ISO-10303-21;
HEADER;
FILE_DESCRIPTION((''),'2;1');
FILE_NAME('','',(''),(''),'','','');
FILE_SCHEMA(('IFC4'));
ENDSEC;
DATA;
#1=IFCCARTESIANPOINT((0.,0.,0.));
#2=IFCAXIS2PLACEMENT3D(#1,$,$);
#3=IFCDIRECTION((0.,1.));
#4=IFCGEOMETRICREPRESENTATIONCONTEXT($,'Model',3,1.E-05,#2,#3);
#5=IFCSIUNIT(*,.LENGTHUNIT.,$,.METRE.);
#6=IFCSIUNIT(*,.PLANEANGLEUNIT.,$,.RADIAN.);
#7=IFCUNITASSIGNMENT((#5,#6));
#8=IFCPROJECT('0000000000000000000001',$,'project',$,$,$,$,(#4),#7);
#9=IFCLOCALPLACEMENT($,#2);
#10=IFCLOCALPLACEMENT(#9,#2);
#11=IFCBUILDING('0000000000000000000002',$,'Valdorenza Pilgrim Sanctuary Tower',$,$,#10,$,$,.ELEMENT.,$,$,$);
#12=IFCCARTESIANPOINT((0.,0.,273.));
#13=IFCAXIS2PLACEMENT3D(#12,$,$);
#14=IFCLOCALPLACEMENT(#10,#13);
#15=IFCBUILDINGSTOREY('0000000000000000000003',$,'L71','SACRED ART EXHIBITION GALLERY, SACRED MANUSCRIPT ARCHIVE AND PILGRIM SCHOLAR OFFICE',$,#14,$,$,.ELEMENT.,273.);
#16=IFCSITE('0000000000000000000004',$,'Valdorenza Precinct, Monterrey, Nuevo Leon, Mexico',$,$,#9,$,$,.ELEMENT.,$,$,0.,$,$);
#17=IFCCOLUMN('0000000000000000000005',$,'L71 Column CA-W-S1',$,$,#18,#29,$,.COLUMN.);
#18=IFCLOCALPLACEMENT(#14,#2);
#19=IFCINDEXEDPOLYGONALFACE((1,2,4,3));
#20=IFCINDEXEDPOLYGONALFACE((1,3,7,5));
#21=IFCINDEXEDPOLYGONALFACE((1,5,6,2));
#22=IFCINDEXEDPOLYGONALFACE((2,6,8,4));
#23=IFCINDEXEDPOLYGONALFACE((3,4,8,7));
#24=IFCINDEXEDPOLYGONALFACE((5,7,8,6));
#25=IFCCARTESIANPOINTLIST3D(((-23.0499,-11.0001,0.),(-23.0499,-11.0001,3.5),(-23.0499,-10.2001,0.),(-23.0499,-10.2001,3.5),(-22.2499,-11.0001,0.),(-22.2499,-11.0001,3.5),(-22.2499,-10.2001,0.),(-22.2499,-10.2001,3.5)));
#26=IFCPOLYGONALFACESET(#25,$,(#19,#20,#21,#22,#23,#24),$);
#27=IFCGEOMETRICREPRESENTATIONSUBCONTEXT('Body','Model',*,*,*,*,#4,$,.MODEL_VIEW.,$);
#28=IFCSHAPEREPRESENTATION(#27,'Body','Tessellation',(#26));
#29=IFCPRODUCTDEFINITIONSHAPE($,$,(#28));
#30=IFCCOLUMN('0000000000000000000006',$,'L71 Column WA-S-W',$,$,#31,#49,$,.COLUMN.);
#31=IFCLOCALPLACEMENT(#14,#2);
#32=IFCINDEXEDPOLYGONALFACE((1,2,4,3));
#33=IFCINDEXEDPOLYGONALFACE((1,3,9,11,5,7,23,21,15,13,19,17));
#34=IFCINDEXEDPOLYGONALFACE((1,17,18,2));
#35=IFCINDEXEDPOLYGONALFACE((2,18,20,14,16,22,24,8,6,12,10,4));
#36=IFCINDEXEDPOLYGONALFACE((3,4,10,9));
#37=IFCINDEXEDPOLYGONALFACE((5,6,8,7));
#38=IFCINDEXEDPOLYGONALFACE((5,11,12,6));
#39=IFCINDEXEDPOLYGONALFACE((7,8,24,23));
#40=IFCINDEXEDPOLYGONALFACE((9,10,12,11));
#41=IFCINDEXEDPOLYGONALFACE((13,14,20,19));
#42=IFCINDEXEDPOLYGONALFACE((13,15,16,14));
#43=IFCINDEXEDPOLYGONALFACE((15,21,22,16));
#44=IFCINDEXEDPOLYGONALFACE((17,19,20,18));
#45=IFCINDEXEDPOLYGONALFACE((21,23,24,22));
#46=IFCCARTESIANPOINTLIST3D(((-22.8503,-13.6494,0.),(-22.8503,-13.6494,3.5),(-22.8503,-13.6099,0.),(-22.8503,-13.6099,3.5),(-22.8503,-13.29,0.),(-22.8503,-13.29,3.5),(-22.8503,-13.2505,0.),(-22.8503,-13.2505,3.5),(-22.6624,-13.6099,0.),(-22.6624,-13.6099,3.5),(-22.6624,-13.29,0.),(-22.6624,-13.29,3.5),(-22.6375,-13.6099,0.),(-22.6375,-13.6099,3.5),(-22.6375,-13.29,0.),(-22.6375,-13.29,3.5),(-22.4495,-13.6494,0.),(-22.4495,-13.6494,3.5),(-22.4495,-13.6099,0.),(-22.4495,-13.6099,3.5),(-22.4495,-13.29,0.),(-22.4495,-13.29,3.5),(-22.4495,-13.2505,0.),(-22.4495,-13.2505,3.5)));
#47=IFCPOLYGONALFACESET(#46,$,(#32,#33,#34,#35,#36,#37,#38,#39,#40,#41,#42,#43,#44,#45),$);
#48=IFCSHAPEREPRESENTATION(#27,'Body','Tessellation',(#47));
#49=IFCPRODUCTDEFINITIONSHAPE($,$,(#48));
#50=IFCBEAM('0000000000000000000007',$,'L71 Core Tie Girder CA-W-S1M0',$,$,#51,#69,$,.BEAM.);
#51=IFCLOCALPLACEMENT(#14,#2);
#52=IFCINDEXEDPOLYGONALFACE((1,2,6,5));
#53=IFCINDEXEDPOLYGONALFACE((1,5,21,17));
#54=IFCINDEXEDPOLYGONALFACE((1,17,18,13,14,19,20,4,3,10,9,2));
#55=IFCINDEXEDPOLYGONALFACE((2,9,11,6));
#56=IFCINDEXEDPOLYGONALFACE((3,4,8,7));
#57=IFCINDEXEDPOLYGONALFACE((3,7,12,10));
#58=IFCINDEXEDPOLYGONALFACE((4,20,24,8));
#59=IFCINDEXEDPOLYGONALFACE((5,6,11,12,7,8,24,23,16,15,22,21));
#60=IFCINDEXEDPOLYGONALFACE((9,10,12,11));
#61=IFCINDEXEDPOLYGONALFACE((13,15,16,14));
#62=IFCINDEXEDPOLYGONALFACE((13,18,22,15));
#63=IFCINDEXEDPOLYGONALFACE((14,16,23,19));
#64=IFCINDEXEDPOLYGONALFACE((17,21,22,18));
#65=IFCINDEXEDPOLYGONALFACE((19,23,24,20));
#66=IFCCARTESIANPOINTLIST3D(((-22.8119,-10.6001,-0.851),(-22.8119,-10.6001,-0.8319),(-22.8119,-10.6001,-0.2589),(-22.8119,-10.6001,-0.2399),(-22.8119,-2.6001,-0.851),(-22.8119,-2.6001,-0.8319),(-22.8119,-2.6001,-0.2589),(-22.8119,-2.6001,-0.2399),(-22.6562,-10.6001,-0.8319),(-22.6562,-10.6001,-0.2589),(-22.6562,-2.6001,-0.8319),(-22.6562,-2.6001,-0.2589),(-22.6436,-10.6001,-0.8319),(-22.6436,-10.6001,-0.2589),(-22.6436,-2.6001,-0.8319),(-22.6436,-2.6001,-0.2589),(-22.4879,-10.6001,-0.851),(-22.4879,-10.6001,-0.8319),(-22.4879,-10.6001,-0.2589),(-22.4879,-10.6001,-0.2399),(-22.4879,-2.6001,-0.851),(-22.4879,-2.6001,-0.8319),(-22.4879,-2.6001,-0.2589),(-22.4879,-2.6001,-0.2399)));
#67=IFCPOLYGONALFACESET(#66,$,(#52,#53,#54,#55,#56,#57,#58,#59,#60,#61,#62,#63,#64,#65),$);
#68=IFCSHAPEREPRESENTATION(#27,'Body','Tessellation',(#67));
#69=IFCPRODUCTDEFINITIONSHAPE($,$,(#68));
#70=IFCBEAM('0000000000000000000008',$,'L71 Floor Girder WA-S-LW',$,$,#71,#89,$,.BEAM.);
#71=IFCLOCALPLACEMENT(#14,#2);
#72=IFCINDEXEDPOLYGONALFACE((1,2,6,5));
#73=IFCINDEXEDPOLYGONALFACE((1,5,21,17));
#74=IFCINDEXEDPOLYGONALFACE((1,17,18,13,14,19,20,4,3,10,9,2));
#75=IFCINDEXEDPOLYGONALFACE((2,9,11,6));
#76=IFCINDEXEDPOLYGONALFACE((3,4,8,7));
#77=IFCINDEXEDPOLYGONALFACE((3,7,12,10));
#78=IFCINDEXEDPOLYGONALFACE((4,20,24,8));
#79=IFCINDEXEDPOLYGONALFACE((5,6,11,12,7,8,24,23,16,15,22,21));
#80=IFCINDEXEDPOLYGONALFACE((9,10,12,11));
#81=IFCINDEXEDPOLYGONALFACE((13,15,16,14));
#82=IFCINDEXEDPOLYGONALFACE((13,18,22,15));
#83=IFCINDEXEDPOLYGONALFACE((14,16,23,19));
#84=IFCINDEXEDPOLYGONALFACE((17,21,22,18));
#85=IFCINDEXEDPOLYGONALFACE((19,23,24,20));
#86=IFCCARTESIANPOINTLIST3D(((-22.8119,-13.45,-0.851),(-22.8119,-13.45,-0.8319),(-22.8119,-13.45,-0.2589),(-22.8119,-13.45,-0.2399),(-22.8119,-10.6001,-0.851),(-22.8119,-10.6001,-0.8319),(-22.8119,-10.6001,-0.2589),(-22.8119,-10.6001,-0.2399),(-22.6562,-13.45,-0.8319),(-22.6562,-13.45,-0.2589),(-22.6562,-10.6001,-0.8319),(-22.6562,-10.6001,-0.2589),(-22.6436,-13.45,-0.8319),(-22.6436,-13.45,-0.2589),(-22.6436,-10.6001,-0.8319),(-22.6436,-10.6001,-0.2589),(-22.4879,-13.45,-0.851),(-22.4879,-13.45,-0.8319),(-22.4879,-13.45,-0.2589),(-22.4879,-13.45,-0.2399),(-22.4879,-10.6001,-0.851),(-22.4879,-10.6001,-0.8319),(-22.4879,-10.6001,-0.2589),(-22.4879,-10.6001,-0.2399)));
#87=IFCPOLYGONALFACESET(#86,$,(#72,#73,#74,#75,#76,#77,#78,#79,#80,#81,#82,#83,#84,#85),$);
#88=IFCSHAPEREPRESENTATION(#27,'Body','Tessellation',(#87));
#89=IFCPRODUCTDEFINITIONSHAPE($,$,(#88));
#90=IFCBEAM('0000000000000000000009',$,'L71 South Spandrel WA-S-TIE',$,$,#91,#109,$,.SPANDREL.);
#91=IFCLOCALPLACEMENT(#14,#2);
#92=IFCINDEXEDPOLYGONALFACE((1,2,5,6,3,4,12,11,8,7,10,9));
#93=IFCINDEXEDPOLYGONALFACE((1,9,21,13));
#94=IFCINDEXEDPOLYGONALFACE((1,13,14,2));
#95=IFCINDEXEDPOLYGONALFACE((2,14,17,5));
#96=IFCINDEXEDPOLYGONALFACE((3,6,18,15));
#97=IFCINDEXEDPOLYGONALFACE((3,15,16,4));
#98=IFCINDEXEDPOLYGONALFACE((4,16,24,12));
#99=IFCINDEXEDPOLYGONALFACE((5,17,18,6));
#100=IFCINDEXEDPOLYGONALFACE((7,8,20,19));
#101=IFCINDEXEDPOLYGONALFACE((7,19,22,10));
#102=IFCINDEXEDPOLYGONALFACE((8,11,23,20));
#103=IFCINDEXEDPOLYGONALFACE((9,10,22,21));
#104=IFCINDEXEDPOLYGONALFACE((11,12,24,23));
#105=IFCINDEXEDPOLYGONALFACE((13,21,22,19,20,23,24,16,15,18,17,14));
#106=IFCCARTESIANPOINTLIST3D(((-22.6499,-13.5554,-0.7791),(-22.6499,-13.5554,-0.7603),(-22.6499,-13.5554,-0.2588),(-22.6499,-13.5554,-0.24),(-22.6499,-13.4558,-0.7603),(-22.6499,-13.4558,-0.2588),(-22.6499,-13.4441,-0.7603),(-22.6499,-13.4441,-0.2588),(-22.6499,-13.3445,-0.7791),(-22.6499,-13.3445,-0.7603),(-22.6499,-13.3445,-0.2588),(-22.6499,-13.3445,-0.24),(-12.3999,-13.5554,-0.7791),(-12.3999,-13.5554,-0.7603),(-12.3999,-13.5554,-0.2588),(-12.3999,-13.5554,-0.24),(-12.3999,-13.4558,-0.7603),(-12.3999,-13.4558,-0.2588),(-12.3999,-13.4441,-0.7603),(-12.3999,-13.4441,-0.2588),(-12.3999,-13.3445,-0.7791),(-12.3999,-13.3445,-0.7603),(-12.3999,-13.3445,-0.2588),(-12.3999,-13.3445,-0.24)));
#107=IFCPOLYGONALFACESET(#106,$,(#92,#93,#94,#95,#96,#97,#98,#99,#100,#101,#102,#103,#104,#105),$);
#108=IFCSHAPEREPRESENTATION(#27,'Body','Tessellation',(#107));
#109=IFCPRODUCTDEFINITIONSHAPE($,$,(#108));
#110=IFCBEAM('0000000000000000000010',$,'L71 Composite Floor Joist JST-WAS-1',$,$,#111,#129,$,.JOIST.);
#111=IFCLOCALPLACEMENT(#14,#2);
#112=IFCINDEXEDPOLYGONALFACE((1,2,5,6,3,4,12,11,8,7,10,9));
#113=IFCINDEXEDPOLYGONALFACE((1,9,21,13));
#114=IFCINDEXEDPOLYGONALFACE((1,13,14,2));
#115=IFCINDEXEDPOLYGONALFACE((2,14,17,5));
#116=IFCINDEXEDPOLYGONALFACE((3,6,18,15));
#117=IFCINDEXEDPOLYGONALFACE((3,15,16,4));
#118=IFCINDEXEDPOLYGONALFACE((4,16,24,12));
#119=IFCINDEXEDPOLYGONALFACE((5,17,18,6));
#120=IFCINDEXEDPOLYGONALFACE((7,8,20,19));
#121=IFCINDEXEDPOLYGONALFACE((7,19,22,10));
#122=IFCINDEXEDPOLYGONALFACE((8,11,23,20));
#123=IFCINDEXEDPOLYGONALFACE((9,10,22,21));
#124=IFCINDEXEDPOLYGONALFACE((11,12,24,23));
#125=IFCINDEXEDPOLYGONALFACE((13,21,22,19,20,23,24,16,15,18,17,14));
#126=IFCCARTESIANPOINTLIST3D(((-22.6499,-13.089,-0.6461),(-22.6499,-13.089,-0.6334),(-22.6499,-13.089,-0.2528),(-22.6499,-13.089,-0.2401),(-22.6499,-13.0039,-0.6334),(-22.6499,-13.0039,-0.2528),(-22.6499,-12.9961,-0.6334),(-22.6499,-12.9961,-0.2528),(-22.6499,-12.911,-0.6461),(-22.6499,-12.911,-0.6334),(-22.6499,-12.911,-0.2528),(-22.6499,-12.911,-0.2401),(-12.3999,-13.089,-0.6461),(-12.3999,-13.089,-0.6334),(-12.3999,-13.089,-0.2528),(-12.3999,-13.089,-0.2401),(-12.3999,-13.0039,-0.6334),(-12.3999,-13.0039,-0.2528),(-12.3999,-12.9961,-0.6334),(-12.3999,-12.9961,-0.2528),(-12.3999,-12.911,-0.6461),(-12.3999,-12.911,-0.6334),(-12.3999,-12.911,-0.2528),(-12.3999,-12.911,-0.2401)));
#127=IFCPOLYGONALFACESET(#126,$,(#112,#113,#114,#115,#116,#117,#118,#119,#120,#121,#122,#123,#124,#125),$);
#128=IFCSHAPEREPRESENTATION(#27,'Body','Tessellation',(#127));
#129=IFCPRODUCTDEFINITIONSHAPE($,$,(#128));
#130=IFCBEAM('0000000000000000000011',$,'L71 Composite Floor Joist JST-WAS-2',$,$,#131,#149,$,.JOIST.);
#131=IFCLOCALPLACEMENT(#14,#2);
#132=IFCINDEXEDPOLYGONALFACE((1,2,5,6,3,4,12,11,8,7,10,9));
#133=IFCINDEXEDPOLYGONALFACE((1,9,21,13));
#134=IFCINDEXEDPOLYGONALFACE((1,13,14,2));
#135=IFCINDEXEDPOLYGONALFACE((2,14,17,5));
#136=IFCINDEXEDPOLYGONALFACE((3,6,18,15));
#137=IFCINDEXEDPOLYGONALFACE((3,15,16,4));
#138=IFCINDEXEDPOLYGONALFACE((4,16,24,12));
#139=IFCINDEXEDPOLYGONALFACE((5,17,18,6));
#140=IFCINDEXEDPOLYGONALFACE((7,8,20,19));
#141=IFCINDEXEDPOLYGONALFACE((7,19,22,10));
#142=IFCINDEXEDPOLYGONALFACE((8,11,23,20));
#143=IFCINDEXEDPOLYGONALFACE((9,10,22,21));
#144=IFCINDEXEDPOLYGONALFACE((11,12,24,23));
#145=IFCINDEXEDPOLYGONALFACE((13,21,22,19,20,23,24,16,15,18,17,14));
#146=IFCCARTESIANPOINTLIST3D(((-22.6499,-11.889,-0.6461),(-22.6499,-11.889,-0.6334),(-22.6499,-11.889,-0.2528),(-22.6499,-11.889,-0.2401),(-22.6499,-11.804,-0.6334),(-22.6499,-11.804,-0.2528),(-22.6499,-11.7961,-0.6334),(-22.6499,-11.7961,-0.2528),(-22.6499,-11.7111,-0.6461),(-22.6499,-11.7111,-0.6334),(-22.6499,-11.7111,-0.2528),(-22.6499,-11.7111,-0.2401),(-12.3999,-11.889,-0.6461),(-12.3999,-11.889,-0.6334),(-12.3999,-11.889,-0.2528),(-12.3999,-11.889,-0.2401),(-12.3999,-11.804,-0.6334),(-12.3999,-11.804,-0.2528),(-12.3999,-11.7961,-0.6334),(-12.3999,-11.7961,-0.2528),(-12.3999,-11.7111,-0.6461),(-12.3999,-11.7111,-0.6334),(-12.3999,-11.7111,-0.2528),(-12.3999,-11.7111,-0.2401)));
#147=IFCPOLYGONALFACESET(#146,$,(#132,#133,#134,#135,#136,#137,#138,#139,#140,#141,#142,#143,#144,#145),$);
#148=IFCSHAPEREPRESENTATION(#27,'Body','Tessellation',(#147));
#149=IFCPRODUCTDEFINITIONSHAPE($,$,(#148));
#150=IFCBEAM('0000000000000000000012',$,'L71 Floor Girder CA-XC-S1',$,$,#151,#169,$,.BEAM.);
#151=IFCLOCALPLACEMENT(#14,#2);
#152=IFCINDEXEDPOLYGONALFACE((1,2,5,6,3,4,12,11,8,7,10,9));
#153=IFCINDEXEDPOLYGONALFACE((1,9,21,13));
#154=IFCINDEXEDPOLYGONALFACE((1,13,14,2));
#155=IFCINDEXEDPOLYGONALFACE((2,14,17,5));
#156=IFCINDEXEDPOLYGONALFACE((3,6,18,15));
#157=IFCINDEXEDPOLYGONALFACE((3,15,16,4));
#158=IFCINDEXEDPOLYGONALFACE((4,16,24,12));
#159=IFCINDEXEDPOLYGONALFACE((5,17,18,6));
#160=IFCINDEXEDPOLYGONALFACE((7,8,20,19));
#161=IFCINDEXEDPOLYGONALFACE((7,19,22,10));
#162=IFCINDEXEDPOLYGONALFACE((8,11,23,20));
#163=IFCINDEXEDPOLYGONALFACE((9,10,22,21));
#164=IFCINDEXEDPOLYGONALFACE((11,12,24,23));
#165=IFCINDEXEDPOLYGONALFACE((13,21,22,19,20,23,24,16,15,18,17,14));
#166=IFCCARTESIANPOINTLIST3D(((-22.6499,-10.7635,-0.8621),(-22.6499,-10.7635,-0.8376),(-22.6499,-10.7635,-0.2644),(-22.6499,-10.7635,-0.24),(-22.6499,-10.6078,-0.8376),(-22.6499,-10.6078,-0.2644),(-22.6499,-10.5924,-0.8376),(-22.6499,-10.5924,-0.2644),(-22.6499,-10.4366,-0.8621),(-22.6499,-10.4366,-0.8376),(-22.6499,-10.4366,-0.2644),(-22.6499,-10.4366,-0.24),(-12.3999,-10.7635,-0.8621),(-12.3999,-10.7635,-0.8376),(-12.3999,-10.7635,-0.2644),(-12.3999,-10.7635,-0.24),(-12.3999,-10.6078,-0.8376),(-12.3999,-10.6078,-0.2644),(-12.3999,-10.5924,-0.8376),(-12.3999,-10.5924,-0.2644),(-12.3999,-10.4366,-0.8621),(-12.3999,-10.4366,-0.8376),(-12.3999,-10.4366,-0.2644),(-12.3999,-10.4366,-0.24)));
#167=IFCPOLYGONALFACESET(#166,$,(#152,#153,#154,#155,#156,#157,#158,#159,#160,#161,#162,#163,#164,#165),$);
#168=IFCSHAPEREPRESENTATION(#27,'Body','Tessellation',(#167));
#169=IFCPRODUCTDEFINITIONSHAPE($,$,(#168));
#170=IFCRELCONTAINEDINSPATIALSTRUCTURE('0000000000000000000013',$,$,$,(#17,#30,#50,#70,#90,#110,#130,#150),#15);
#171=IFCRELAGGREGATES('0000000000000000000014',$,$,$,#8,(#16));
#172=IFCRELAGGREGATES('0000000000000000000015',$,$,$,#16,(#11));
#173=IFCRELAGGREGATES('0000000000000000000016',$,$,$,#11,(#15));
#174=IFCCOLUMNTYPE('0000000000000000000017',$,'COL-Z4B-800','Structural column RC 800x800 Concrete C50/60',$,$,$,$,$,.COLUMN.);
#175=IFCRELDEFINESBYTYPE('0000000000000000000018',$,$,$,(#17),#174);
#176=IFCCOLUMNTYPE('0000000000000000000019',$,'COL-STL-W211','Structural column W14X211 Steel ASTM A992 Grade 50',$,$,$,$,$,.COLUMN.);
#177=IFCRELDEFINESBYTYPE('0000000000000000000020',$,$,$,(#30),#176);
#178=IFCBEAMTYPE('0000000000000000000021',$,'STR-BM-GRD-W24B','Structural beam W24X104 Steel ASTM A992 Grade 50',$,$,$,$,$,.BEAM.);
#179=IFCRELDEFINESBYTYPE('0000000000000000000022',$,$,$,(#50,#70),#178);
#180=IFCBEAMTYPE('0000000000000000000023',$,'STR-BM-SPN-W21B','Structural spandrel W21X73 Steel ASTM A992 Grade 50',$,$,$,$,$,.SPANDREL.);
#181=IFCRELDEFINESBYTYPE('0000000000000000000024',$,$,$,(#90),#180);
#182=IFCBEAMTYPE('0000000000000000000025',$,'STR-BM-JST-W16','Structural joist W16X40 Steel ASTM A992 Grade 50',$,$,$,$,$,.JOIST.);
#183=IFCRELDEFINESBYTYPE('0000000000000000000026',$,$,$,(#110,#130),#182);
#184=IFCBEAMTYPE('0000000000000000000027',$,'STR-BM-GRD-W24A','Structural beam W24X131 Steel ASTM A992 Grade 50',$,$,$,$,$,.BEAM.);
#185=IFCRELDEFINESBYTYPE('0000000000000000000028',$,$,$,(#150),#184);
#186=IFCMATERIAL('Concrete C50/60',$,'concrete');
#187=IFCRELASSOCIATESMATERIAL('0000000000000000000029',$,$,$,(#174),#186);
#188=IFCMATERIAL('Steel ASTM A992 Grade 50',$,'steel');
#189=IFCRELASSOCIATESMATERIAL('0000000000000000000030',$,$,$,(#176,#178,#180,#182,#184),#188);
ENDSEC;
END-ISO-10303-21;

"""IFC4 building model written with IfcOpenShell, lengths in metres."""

from ifc_helpers import new_model, si_unit, direction, frame, origin, origin_2d, place, context, subcontext, project, spatial, rectangle, i_section, extrude, source, transform, mapped, material, material_profile, profile_set, type_object, element, save


model = new_model("IFC4")

# Units and contexts
model_context = context("Model", 3, precision=1e-05, world=origin(), true_north=direction((0.0, 1.0)))
body_context = subcontext(model_context, "Body", "Model", "MODEL_VIEW")
ifc_project = project(units=[si_unit("LENGTHUNIT", "METRE"), si_unit("PLANEANGLEUNIT", "RADIAN")], contexts=[model_context])

# Site, building, storey
site_placement = place(None, origin())
site = spatial("IfcSite", under=ifc_project, at=site_placement, Name="Valdorenza Precinct, Monterrey, Nuevo Leon, Mexico", CompositionType="ELEMENT", RefElevation=0.0)
building_placement = place(site_placement, origin())
building = spatial("IfcBuilding", under=site, at=building_placement, Name="Valdorenza Pilgrim Sanctuary Tower", CompositionType="ELEMENT")
storey_placement = place(building_placement, frame((0.0, 0.0, 273.0)))
storey = spatial("IfcBuildingStorey", under=building, at=storey_placement, Name="L71", Description="SACRED ART EXHIBITION GALLERY, SACRED MANUSCRIPT ARCHIVE AND PILGRIM SCHOLAR OFFICE", CompositionType="ELEMENT", Elevation=273.0)

# Columns
ifc_material_1 = material(Name="Concrete C50/60", Category="concrete")
ifc_material_profile_1 = material_profile(ifc_material_1, rectangle(XDim=0.8, YDim=0.8, at=origin_2d()), Name="RC 800x800")
ifc_profile_set_1 = profile_set([ifc_material_profile_1], Name="Concrete C50/60")
column_type_1 = type_object("IfcColumnType", Name="COL-Z4B-800", Description="Structural column RC 800x800 Concrete C50/60", PredefinedType="COLUMN", material=ifc_profile_set_1)
shared_shape_1 = source(origin(), body_context, "Body", "SweptSolid", [
    extrude(rectangle(XDim=0.8, YDim=0.8, at=origin_2d()), origin(), (0.0, 0.0, 1.0), 3.5),
])
column_1_placement = place(storey_placement, frame((-22.6499, -10.6001, 0.0), z_axis=(0.0, 0.0, 1.0), x_axis=(1.0, 0.0, 0.0)))
element("IfcColumn", 1, at=column_1_placement, inside=storey, type_object=column_type_1, Name="L71 Column CA-W-S1", PredefinedType="COLUMN", context=body_context, shape_type="MappedRepresentation", body=[
    mapped(shared_shape_1, transform((0.0, 0.0, 0.0), x_axis=(1.0, 0.0, 0.0), y_axis=(0.0, 1.0, 0.0), z_axis=(0.0, 0.0, 1.0), scale=1.0)),
])
ifc_material_2 = material(Name="Steel ASTM A992 Grade 50", Category="steel")
ifc_material_profile_2 = material_profile(ifc_material_2, i_section(OverallWidth=0.4009, OverallDepth=0.3989, WebThickness=0.0249, FlangeThickness=0.0396, at=origin_2d()), Name="W14X211")
ifc_profile_set_2 = profile_set([ifc_material_profile_2], Name="Steel ASTM A992 Grade 50")
column_type_2 = type_object("IfcColumnType", Name="COL-STL-W211", Description="Structural column W14X211 Steel ASTM A992 Grade 50", PredefinedType="COLUMN", material=ifc_profile_set_2)
shared_shape_2 = source(origin(), body_context, "Body", "SweptSolid", [
    extrude(i_section(OverallWidth=0.4009, OverallDepth=0.3989, WebThickness=0.0249, FlangeThickness=0.0396, at=origin_2d()), origin(), (0.0, 0.0, 1.0), 3.5),
])
column_2_placement = place(storey_placement, frame((-22.6499, -13.45, 0.0), z_axis=(0.0, 0.0, 1.0), x_axis=(1.0, 0.0, 0.0)))
element("IfcColumn", 2, at=column_2_placement, inside=storey, type_object=column_type_2, Name="L71 Column WA-S-W", PredefinedType="COLUMN", context=body_context, shape_type="MappedRepresentation", body=[
    mapped(shared_shape_2, transform((0.0, 0.0, 0.0), x_axis=(1.0, 0.0, 0.0), y_axis=(0.0, 1.0, 0.0), z_axis=(0.0, 0.0, 1.0), scale=1.0)),
])

# Beams
ifc_material_profile_3 = material_profile(ifc_material_2, i_section(OverallWidth=0.324, OverallDepth=0.6111, WebThickness=0.0127, FlangeThickness=0.019, at=origin_2d()), Name="W24X104")
ifc_profile_set_3 = profile_set([ifc_material_profile_3], Name="Steel ASTM A992 Grade 50")
beam_type_1 = type_object("IfcBeamType", Name="STR-BM-GRD-W24B", Description="Structural beam W24X104 Steel ASTM A992 Grade 50", PredefinedType="BEAM", material=ifc_profile_set_3)
shared_shape_3 = source(origin(), body_context, "Body", "SweptSolid", [
    extrude(i_section(OverallWidth=0.324, OverallDepth=0.6111, WebThickness=0.0127, FlangeThickness=0.019, at=origin_2d()), origin(), (0.0, 0.0, 1.0), 8.0),
])
beam_1_placement = place(storey_placement, frame((-22.6499, -10.6001, -0.5454), z_axis=(0.0, 1.0, 0.0), x_axis=(-1.0, 0.0, 0.0)))
element("IfcBeam", 3, at=beam_1_placement, inside=storey, type_object=beam_type_1, Name="L71 Core Tie Girder CA-W-S1M0", PredefinedType="BEAM", context=body_context, shape_type="MappedRepresentation", body=[
    mapped(shared_shape_3, transform((0.0, 0.0, 0.0), x_axis=(1.0, 0.0, 0.0), y_axis=(0.0, 1.0, 0.0), z_axis=(0.0, 0.0, 1.0), scale=1.0)),
])
shared_shape_4 = source(origin(), body_context, "Body", "SweptSolid", [
    extrude(i_section(OverallWidth=0.324, OverallDepth=0.6111, WebThickness=0.0127, FlangeThickness=0.019, at=origin_2d()), origin(), (0.0, 0.0, 1.0), 2.8499),
])
beam_2_placement = place(storey_placement, frame((-22.6499, -13.45, -0.5454), z_axis=(0.0, 1.0, 0.0), x_axis=(-1.0, 0.0, 0.0)))
element("IfcBeam", 4, at=beam_2_placement, inside=storey, type_object=beam_type_1, Name="L71 Floor Girder WA-S-LW", PredefinedType="BEAM", context=body_context, shape_type="MappedRepresentation", body=[
    mapped(shared_shape_4, transform((0.0, 0.0, 0.0), x_axis=(1.0, 0.0, 0.0), y_axis=(0.0, 1.0, 0.0), z_axis=(0.0, 0.0, 1.0), scale=1.0)),
])
ifc_material_profile_4 = material_profile(ifc_material_2, i_section(OverallWidth=0.2109, OverallDepth=0.5391, WebThickness=0.0117, FlangeThickness=0.0188, at=origin_2d()), Name="W21X73")
ifc_profile_set_4 = profile_set([ifc_material_profile_4], Name="Steel ASTM A992 Grade 50")
beam_type_2 = type_object("IfcBeamType", Name="STR-BM-SPN-W21B", Description="Structural spandrel W21X73 Steel ASTM A992 Grade 50", PredefinedType="SPANDREL", material=ifc_profile_set_4)
shared_shape_5 = source(origin(), body_context, "Body", "SweptSolid", [
    extrude(i_section(OverallWidth=0.2109, OverallDepth=0.5391, WebThickness=0.0117, FlangeThickness=0.0188, at=origin_2d()), origin(), (0.0, 0.0, 1.0), 10.25),
])
beam_3_placement = place(storey_placement, frame((-22.6499, -13.45, -0.5095), z_axis=(1.0, 0.0, 0.0), x_axis=(0.0, 1.0, 0.0)))
element("IfcBeam", 5, at=beam_3_placement, inside=storey, type_object=beam_type_2, Name="L71 South Spandrel WA-S-TIE", PredefinedType="SPANDREL", context=body_context, shape_type="MappedRepresentation", body=[
    mapped(shared_shape_5, transform((0.0, 0.0, 0.0), x_axis=(1.0, 0.0, 0.0), y_axis=(0.0, 1.0, 0.0), z_axis=(0.0, 0.0, 1.0), scale=1.0)),
])
ifc_material_profile_5 = material_profile(ifc_material_2, i_section(OverallWidth=0.178, OverallDepth=0.406, WebThickness=0.0078, FlangeThickness=0.0127, at=origin_2d()), Name="W16X40")
ifc_profile_set_5 = profile_set([ifc_material_profile_5], Name="Steel ASTM A992 Grade 50")
beam_type_3 = type_object("IfcBeamType", Name="STR-BM-JST-W16", Description="Structural joist W16X40 Steel ASTM A992 Grade 50", PredefinedType="JOIST", material=ifc_profile_set_5)
shared_shape_6 = source(origin(), body_context, "Body", "SweptSolid", [
    extrude(i_section(OverallWidth=0.178, OverallDepth=0.406, WebThickness=0.0078, FlangeThickness=0.0127, at=origin_2d()), origin(), (0.0, 0.0, 1.0), 10.25),
])
for number, where, z_axis, x_axis, name in (
    (6, (-22.6499, -13.0, -0.4431), (1.0, 0.0, 0.0), (0.0, 1.0, 0.0), "L71 Composite Floor Joist JST-WAS-1"),
    (7, (-22.6499, -11.8, -0.4431), (1.0, 0.0, 0.0), (0.0, 1.0, 0.0), "L71 Composite Floor Joist JST-WAS-2"),
):
    element("IfcBeam", number, at=place(storey_placement, frame(where, z_axis=z_axis, x_axis=x_axis)), inside=storey, type_object=beam_type_3, Name=name, PredefinedType="JOIST", context=body_context, shape_type="MappedRepresentation", body=[
        mapped(shared_shape_6, transform((0.0, 0.0, 0.0), x_axis=(1.0, 0.0, 0.0), y_axis=(0.0, 1.0, 0.0), z_axis=(0.0, 0.0, 1.0), scale=1.0)),
    ])
ifc_material_profile_6 = material_profile(ifc_material_2, i_section(OverallWidth=0.3269, OverallDepth=0.6221, WebThickness=0.0154, FlangeThickness=0.0244, at=origin_2d()), Name="W24X131")
ifc_profile_set_6 = profile_set([ifc_material_profile_6], Name="Steel ASTM A992 Grade 50")
beam_type_4 = type_object("IfcBeamType", Name="STR-BM-GRD-W24A", Description="Structural beam W24X131 Steel ASTM A992 Grade 50", PredefinedType="BEAM", material=ifc_profile_set_6)
shared_shape_7 = source(origin(), body_context, "Body", "SweptSolid", [
    extrude(i_section(OverallWidth=0.3269, OverallDepth=0.6221, WebThickness=0.0154, FlangeThickness=0.0244, at=origin_2d()), origin(), (0.0, 0.0, 1.0), 10.25),
])
beam_4_placement = place(storey_placement, frame((-22.6499, -10.6001, -0.551), z_axis=(1.0, 0.0, 0.0), x_axis=(0.0, 1.0, 0.0)))
element("IfcBeam", 8, at=beam_4_placement, inside=storey, type_object=beam_type_4, Name="L71 Floor Girder CA-XC-S1", PredefinedType="BEAM", context=body_context, shape_type="MappedRepresentation", body=[
    mapped(shared_shape_7, transform((0.0, 0.0, 0.0), x_axis=(1.0, 0.0, 0.0), y_axis=(0.0, 1.0, 0.0), z_axis=(0.0, 0.0, 1.0), scale=1.0)),
])

save(model, "model.ifc")
